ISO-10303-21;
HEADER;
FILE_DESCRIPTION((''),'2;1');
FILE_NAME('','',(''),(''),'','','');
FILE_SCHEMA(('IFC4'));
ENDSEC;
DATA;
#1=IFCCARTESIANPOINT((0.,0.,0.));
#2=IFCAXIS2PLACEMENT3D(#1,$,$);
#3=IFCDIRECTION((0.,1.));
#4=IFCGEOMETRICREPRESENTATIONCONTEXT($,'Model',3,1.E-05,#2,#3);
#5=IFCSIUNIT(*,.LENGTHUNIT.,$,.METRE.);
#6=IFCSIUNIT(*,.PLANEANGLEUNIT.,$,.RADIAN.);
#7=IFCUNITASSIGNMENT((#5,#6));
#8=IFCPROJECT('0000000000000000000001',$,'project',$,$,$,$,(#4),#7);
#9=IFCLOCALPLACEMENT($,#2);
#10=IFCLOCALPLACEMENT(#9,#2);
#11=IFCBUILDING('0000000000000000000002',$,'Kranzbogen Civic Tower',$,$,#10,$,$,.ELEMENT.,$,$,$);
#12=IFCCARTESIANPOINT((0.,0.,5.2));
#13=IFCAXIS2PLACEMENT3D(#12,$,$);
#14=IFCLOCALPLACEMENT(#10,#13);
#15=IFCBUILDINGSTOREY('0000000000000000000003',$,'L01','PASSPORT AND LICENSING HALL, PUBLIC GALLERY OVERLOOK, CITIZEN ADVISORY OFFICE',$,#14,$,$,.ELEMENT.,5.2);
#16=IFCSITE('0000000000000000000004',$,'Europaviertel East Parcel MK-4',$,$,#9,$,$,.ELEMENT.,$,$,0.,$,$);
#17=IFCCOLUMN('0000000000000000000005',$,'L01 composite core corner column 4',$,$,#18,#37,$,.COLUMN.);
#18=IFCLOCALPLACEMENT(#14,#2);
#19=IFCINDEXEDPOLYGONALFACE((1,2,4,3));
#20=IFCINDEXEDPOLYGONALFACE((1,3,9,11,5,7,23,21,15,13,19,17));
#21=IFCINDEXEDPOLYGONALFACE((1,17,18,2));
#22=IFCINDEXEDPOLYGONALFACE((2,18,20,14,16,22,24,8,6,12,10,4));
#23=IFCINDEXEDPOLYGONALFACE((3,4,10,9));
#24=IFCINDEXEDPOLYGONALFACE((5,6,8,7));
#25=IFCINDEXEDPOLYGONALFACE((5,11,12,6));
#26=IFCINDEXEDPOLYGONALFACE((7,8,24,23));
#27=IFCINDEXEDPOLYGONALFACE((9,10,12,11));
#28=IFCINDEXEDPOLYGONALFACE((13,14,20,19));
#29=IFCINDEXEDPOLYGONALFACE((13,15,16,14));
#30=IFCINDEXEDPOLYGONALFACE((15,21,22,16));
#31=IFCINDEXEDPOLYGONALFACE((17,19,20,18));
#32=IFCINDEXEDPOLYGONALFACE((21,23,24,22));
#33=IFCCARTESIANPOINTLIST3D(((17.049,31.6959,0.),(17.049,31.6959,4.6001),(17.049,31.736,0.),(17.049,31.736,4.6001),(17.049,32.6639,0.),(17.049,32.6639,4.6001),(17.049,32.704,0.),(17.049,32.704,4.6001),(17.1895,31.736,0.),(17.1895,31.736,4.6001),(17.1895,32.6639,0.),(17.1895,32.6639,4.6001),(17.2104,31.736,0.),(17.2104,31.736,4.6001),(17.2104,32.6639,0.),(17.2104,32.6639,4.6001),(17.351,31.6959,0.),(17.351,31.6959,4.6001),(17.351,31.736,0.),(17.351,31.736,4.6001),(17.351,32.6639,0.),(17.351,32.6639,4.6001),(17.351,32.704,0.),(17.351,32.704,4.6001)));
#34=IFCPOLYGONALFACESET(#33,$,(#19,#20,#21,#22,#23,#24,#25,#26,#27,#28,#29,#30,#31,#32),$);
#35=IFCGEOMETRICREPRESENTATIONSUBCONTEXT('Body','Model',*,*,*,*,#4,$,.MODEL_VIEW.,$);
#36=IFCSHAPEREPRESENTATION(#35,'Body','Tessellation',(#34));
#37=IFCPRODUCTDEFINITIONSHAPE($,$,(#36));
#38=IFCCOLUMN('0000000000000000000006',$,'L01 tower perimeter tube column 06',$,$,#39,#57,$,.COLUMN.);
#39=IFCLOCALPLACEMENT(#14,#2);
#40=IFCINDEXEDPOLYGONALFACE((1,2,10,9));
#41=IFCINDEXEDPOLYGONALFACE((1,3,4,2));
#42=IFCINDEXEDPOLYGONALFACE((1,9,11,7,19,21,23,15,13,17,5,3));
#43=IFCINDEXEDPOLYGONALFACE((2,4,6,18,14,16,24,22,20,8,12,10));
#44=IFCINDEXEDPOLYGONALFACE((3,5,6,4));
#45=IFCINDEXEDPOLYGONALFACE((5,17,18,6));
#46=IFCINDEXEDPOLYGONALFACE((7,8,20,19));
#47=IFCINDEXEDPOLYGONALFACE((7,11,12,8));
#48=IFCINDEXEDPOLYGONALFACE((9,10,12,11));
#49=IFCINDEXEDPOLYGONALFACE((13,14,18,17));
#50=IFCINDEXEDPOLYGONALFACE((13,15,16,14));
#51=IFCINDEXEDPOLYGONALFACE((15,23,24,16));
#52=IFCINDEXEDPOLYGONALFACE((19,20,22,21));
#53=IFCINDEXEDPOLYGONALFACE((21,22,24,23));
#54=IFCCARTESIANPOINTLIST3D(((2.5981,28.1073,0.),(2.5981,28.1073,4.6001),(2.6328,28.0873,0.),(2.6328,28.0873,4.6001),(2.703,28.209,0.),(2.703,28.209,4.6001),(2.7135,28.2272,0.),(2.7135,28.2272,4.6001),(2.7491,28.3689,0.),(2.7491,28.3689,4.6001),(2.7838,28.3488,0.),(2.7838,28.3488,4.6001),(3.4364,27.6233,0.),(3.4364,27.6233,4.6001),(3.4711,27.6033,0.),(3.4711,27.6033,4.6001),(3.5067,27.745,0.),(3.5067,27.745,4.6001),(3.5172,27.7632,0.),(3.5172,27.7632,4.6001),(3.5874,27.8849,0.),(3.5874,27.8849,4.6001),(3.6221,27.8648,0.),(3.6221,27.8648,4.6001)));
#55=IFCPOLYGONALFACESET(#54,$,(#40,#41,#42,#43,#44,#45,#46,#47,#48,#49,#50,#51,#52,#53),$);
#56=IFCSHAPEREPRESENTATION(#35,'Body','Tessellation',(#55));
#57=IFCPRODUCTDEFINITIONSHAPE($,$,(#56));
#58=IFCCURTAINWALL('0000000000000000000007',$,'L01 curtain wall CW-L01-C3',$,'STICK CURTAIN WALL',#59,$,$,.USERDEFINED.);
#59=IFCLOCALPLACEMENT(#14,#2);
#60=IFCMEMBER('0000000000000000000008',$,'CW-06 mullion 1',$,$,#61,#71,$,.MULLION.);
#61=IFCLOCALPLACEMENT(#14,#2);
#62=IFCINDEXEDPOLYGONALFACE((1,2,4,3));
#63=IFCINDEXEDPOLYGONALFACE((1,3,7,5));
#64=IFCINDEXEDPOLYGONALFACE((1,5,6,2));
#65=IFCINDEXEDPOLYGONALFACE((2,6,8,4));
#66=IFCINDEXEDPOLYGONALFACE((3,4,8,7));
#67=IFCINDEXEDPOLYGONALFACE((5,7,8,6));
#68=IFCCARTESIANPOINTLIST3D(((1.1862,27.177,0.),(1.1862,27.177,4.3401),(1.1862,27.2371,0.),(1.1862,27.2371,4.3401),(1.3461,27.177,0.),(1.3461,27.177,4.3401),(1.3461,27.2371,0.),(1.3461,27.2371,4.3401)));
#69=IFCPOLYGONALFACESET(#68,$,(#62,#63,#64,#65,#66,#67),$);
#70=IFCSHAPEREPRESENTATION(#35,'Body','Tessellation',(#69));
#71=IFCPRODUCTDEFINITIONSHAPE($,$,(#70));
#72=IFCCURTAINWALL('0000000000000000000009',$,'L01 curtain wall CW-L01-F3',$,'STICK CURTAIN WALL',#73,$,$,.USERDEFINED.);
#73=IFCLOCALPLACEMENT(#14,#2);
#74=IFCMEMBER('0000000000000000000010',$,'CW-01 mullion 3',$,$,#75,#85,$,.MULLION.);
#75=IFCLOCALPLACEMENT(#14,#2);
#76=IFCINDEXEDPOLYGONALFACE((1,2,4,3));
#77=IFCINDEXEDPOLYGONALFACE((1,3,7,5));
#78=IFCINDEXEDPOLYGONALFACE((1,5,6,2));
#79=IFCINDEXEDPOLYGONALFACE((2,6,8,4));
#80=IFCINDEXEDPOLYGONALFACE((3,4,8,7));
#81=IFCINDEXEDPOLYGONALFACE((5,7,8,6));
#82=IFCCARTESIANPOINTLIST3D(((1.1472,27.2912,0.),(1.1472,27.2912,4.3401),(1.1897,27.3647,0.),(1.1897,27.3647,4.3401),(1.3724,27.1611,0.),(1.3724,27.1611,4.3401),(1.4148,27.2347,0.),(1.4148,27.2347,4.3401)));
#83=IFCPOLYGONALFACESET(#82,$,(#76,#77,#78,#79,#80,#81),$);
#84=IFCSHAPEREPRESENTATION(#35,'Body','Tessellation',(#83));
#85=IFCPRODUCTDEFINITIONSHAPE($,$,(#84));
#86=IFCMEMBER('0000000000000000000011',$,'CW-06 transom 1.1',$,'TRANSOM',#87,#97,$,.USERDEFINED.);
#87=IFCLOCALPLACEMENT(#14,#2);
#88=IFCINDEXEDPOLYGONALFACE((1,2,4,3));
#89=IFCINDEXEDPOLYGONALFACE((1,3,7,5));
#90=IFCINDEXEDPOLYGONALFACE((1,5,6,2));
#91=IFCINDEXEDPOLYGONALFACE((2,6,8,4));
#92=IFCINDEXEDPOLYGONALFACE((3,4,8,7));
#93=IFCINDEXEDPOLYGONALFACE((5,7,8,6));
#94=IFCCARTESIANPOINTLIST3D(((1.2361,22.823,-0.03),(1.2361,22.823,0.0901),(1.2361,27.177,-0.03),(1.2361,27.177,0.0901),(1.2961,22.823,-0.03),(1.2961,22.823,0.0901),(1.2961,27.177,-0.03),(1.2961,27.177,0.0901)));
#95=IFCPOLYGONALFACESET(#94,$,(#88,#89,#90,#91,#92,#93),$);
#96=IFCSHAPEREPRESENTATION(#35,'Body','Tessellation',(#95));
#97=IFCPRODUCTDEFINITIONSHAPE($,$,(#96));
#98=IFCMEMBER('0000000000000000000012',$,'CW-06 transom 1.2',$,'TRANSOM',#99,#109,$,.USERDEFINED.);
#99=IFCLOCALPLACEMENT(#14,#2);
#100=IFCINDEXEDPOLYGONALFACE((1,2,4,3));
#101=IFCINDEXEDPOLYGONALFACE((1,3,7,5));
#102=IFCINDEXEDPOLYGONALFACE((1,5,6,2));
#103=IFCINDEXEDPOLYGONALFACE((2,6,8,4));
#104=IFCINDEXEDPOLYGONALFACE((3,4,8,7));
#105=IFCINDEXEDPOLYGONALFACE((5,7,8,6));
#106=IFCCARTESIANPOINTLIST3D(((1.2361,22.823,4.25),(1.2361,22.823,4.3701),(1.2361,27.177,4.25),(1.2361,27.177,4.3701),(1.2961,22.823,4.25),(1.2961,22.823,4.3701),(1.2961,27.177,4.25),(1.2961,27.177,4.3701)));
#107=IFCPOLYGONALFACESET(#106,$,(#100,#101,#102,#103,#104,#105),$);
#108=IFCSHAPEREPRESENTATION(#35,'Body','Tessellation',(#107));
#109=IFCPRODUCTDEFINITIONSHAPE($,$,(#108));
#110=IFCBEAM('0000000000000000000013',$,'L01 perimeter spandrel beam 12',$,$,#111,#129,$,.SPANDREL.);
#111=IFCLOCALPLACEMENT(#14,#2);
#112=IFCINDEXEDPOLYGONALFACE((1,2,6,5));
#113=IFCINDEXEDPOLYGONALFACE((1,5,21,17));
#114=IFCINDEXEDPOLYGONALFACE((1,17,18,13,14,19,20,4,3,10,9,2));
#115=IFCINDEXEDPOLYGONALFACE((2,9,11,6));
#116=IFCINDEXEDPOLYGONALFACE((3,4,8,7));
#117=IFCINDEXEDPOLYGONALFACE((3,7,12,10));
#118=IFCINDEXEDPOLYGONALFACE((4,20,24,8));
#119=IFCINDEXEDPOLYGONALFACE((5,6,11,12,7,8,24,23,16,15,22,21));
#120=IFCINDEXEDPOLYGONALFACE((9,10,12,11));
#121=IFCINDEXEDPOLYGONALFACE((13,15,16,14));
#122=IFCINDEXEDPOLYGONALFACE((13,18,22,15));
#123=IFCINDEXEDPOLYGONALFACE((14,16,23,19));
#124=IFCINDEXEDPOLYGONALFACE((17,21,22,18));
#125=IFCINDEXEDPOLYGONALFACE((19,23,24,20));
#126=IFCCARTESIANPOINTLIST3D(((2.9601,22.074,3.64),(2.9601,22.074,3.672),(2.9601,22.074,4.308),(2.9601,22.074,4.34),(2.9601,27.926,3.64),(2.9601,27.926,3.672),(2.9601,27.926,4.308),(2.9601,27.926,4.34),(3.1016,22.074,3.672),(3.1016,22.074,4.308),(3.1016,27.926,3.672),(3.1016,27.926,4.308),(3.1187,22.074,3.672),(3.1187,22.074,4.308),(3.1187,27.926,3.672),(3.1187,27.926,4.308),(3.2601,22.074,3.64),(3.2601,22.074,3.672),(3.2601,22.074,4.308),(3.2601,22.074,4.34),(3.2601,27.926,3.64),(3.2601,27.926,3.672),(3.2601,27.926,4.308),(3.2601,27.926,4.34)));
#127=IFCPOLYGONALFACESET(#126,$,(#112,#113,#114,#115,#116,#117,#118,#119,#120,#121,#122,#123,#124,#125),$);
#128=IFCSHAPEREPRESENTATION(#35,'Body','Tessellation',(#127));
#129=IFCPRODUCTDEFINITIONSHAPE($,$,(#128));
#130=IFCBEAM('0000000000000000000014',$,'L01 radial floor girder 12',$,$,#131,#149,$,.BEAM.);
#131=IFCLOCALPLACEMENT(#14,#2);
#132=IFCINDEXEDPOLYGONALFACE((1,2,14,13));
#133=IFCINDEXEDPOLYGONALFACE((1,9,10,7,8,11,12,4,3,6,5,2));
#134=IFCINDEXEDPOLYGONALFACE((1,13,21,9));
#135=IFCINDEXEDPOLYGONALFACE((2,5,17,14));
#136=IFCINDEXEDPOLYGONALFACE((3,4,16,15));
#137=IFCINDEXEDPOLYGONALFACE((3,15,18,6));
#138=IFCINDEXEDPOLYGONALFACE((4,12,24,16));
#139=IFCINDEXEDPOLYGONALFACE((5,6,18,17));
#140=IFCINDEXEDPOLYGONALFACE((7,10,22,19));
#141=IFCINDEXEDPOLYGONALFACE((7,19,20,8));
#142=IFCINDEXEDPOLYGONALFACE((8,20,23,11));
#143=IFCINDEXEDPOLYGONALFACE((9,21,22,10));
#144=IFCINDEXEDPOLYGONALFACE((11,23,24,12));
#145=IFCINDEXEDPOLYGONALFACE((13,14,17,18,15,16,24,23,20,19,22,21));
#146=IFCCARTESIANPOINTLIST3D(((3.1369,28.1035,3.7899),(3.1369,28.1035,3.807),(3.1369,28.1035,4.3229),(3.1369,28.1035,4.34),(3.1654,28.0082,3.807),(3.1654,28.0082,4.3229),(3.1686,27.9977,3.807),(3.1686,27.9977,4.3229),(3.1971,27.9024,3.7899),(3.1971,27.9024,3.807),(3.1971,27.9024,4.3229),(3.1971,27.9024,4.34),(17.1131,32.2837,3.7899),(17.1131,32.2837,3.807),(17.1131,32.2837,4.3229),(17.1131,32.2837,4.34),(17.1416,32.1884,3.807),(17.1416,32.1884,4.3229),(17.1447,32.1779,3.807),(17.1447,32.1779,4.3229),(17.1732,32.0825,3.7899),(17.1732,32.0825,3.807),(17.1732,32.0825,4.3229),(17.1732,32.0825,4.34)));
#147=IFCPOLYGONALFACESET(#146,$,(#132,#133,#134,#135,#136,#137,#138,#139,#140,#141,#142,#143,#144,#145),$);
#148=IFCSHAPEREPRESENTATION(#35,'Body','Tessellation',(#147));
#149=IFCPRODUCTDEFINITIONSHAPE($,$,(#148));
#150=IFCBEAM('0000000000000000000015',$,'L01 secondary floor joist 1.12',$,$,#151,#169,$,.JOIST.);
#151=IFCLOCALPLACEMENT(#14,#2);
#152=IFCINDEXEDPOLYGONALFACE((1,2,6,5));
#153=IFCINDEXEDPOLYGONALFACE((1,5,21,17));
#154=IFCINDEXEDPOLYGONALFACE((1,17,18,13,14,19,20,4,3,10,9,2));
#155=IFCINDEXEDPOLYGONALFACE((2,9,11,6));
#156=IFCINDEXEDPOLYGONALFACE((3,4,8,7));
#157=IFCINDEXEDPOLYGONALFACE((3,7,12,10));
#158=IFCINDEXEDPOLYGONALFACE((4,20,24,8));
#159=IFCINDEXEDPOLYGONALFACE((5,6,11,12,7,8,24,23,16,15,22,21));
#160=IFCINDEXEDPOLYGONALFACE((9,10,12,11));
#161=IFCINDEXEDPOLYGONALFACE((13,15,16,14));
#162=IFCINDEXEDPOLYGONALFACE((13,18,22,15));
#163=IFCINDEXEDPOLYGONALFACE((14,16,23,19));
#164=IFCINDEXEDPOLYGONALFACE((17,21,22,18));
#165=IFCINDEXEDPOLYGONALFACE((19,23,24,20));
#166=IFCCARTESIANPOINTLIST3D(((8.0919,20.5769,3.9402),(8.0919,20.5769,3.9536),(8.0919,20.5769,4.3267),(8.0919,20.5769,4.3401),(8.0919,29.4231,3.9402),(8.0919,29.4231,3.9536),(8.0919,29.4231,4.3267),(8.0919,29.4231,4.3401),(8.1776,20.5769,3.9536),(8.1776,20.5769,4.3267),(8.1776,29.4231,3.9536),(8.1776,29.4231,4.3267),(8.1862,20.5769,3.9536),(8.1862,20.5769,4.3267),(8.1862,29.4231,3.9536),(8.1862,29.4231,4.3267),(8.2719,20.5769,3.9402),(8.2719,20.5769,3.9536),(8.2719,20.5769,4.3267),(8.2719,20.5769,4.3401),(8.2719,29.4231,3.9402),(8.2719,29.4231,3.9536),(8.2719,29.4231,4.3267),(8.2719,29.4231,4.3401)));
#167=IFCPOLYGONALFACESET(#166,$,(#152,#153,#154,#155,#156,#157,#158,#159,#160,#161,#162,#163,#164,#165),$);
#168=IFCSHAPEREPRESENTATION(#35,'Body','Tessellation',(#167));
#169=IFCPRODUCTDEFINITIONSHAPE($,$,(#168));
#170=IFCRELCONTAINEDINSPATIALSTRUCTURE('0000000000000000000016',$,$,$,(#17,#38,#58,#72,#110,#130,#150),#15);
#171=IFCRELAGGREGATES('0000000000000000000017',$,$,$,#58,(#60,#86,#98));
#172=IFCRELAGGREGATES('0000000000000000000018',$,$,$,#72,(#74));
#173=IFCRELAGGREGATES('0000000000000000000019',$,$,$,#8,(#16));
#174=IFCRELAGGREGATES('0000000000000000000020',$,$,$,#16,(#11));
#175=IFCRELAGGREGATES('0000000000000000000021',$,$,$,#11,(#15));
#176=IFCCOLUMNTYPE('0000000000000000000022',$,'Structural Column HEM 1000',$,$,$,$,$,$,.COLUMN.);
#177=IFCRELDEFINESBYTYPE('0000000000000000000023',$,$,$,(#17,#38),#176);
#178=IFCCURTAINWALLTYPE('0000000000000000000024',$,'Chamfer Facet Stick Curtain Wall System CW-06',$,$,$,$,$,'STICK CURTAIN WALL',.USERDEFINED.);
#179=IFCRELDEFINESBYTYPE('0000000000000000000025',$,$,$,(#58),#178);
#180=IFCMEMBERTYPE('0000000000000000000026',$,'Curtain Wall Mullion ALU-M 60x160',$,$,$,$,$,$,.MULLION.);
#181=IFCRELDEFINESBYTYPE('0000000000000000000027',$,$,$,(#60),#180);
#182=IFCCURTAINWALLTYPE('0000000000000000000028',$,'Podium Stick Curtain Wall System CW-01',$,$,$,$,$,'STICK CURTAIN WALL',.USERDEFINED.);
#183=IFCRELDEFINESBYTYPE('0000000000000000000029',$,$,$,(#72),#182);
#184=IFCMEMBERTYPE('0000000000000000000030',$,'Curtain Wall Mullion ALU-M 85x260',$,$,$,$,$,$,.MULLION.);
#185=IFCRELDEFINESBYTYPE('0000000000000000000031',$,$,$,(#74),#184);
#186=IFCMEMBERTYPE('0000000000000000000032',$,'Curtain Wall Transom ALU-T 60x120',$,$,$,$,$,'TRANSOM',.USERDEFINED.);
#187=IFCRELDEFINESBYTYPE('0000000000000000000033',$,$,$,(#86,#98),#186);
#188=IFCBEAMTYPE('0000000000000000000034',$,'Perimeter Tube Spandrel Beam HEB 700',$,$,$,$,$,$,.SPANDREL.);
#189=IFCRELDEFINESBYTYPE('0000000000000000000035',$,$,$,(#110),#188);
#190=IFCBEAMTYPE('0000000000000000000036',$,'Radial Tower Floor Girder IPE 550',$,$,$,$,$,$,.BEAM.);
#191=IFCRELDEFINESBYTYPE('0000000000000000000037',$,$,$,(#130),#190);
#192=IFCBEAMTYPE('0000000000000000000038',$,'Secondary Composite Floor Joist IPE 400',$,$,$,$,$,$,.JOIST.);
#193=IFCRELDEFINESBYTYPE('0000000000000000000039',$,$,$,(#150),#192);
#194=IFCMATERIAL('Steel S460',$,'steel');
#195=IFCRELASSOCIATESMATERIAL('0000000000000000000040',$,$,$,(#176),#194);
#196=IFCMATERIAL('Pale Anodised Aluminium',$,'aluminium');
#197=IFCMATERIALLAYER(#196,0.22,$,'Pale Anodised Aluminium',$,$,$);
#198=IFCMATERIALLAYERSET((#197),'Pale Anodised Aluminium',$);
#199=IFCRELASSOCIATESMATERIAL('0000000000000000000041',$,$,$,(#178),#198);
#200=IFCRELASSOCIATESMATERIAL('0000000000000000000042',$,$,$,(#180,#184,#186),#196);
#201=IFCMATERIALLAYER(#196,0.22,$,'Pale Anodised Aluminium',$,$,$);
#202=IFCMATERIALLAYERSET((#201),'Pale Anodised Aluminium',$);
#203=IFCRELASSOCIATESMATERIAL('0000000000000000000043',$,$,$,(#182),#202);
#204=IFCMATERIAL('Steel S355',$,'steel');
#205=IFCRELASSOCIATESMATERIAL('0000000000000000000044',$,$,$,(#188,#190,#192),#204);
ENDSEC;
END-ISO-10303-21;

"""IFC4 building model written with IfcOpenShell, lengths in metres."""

from ifc_helpers import new_model, si_unit, direction, frame, origin, origin_2d, place, context, subcontext, project, spatial, rectangle, i_section, extrude, material, layer, layer_set, material_profile, profile_set, type_object, element, aggregate, save


model = new_model("IFC4")

# Units and contexts
model_context = context("Model", 3, precision=1e-05, world=origin(), true_north=direction((0.0, 1.0)))
body_context = subcontext(model_context, "Body", "Model", "MODEL_VIEW")
ifc_project = project(units=[si_unit("LENGTHUNIT", "METRE"), si_unit("PLANEANGLEUNIT", "RADIAN")], contexts=[model_context])

# Site, building, storey
site_placement = place(None, origin())
site = spatial("IfcSite", under=ifc_project, at=site_placement, Name="Europaviertel East Parcel MK-4", CompositionType="ELEMENT", RefElevation=0.0)
building_placement = place(site_placement, origin())
building = spatial("IfcBuilding", under=site, at=building_placement, Name="Kranzbogen Civic Tower", CompositionType="ELEMENT")
storey_placement = place(building_placement, frame((0.0, 0.0, 5.2)))
storey = spatial("IfcBuildingStorey", under=building, at=storey_placement, Name="L01", Description="PASSPORT AND LICENSING HALL, PUBLIC GALLERY OVERLOOK, CITIZEN ADVISORY OFFICE", CompositionType="ELEMENT", Elevation=5.2)

# Columns
ifc_material_1 = material(Name="Steel S460", Category="steel")
ifc_material_profile_1 = material_profile(ifc_material_1, i_section(OverallWidth=0.302, OverallDepth=1.0081, WebThickness=0.021, FlangeThickness=0.04, at=origin_2d()), Name="HEM 1000")
ifc_profile_set_1 = profile_set([ifc_material_profile_1], Name="Steel S460")
column_type = type_object("IfcColumnType", Name="Structural Column HEM 1000", PredefinedType="COLUMN", material=ifc_profile_set_1)
for number, where, z_axis, x_axis, name in (
    (1, (17.2, 32.2, 0.0), (0.0, 0.0, 1.0), (1.0, 0.0, 0.0), "L01 composite core corner column 4"),
    (2, (3.1101, 27.9861, 0.0), (0.0, 0.0, 1.0), (0.5, 0.866025, 0.0), "L01 tower perimeter tube column 06"),
):
    element("IfcColumn", number, at=place(storey_placement, frame(where, z_axis=z_axis, x_axis=x_axis)), inside=storey, type_object=column_type, Name=name, PredefinedType="COLUMN", context=body_context, shape_type="SweptSolid", body=[
        extrude(i_section(OverallWidth=0.302, OverallDepth=1.0081, WebThickness=0.021, FlangeThickness=0.04, at=origin_2d()), origin(), (0.0, 0.0, 1.0), 4.6001),
    ])

# Curtain walls, members
ifc_material_2 = material(Name="Pale Anodised Aluminium", Category="aluminium")
ifc_layer_1 = layer(ifc_material_2, 0.22, Name="Pale Anodised Aluminium")
ifc_layer_set_1 = layer_set([ifc_layer_1], Name="Pale Anodised Aluminium")
curtain_wall_type_1 = type_object("IfcCurtainWallType", Name="Chamfer Facet Stick Curtain Wall System CW-06", ElementType="STICK CURTAIN WALL", PredefinedType="USERDEFINED", material=ifc_layer_set_1)
curtain_wall_1_placement = place(storey_placement, origin())
curtain_wall_1 = element("IfcCurtainWall", 3, at=curtain_wall_1_placement, inside=storey, type_object=curtain_wall_type_1, Name="L01 curtain wall CW-L01-C3", ObjectType="STICK CURTAIN WALL", PredefinedType="USERDEFINED")
ifc_material_profile_2 = material_profile(ifc_material_2, rectangle(XDim=0.0601, YDim=0.1599, at=origin_2d()), Name="ALU-M 60x160")
ifc_profile_set_2 = profile_set([ifc_material_profile_2], Name="Pale Anodised Aluminium")
member_type_1 = type_object("IfcMemberType", Name="Curtain Wall Mullion ALU-M 60x160", PredefinedType="MULLION", material=ifc_profile_set_2)
member_1_placement = place(storey_placement, frame((1.2661, 27.207, 0.0), z_axis=(0.0, 0.0, 1.0), x_axis=(0.0, -1.0, 0.0)))
member_1 = element("IfcMember", 4, at=member_1_placement, type_object=member_type_1, Name="CW-06 mullion 1", PredefinedType="MULLION", context=body_context, shape_type="SweptSolid", body=[
    extrude(rectangle(XDim=0.0601, YDim=0.1599, at=origin_2d()), origin(), (0.0, 0.0, 1.0), 4.3401),
])
ifc_layer_2 = layer(ifc_material_2, 0.22, Name="Pale Anodised Aluminium")
ifc_layer_set_2 = layer_set([ifc_layer_2], Name="Pale Anodised Aluminium")
curtain_wall_type_2 = type_object("IfcCurtainWallType", Name="Podium Stick Curtain Wall System CW-01", ElementType="STICK CURTAIN WALL", PredefinedType="USERDEFINED", material=ifc_layer_set_2)
curtain_wall_2_placement = place(storey_placement, origin())
curtain_wall_2 = element("IfcCurtainWall", 5, at=curtain_wall_2_placement, inside=storey, type_object=curtain_wall_type_2, Name="L01 curtain wall CW-L01-F3", ObjectType="STICK CURTAIN WALL", PredefinedType="USERDEFINED")
ifc_material_profile_3 = material_profile(ifc_material_2, rectangle(XDim=0.085, YDim=0.26, at=origin_2d()), Name="ALU-M 85x260")
ifc_profile_set_3 = profile_set([ifc_material_profile_3], Name="Pale Anodised Aluminium")
member_type_2 = type_object("IfcMemberType", Name="Curtain Wall Mullion ALU-M 85x260", PredefinedType="MULLION", material=ifc_profile_set_3)
member_2_placement = place(storey_placement, frame((1.281, 27.2629, 0.0), z_axis=(0.0, 0.0, 1.0), x_axis=(-0.500006, -0.866022, 0.0)))
member_2 = element("IfcMember", 6, at=member_2_placement, type_object=member_type_2, Name="CW-01 mullion 3", PredefinedType="MULLION", context=body_context, shape_type="SweptSolid", body=[
    extrude(rectangle(XDim=0.085, YDim=0.26, at=origin_2d()), origin(), (0.0, 0.0, 1.0), 4.3401),
])

# Members
ifc_material_profile_4 = material_profile(ifc_material_2, rectangle(XDim=0.0601, YDim=0.1201, at=origin_2d()), Name="ALU-T 60x120")
ifc_profile_set_4 = profile_set([ifc_material_profile_4], Name="Pale Anodised Aluminium")
member_type_3 = type_object("IfcMemberType", Name="Curtain Wall Transom ALU-T 60x120", ElementType="TRANSOM", PredefinedType="USERDEFINED", material=ifc_profile_set_4)
member_3_placement = place(storey_placement, frame((1.2661, 27.177, 0.03), z_axis=(0.0, -1.0, 0.0), x_axis=(1.0, 0.0, 0.0)))
member_3 = element("IfcMember", 7, at=member_3_placement, type_object=member_type_3, Name="CW-06 transom 1.1", ObjectType="TRANSOM", PredefinedType="USERDEFINED", context=body_context, shape_type="SweptSolid", body=[
    extrude(rectangle(XDim=0.0601, YDim=0.1201, at=origin_2d()), origin(), (0.0, 0.0, 1.0), 4.354),
])
member_4_placement = place(storey_placement, frame((1.2661, 27.177, 4.3101), z_axis=(0.0, -1.0, 0.0), x_axis=(1.0, 0.0, 0.0)))
member_4 = element("IfcMember", 8, at=member_4_placement, type_object=member_type_3, Name="CW-06 transom 1.2", ObjectType="TRANSOM", PredefinedType="USERDEFINED", context=body_context, shape_type="SweptSolid", body=[
    extrude(rectangle(XDim=0.0601, YDim=0.1201, at=origin_2d()), origin(), (0.0, 0.0, 1.0), 4.354),
])

# Beams
ifc_material_3 = material(Name="Steel S355", Category="steel")
ifc_material_profile_5 = material_profile(ifc_material_3, i_section(OverallWidth=0.3, OverallDepth=0.7, WebThickness=0.0171, FlangeThickness=0.032, at=origin_2d()), Name="HEB 700")
ifc_profile_set_5 = profile_set([ifc_material_profile_5], Name="Steel S355")
beam_type_1 = type_object("IfcBeamType", Name="Perimeter Tube Spandrel Beam HEB 700", PredefinedType="SPANDREL", material=ifc_profile_set_5)
beam_1_placement = place(storey_placement, frame((3.1101, 27.926, 3.99), z_axis=(0.0, -1.0, 0.0), x_axis=(1.0, 0.0, 0.0)))
element("IfcBeam", 9, at=beam_1_placement, inside=storey, type_object=beam_type_1, Name="L01 perimeter spandrel beam 12", PredefinedType="SPANDREL", context=body_context, shape_type="SweptSolid", body=[
    extrude(i_section(OverallWidth=0.3, OverallDepth=0.7, WebThickness=0.0171, FlangeThickness=0.032, at=origin_2d()), origin(), (0.0, 0.0, 1.0), 5.8521),
])
ifc_material_profile_6 = material_profile(ifc_material_3, i_section(OverallWidth=0.21, OverallDepth=0.55, WebThickness=0.011, FlangeThickness=0.0171, at=origin_2d()), Name="IPE 550")
ifc_profile_set_6 = profile_set([ifc_material_profile_6], Name="Steel S355")
beam_type_2 = type_object("IfcBeamType", Name="Radial Tower Floor Girder IPE 550", PredefinedType="BEAM", material=ifc_profile_set_6)
beam_2_placement = place(storey_placement, frame((3.167, 28.0029, 4.0649), z_axis=(0.958065, 0.286552, 0.0), x_axis=(-0.286552, 0.958065, 0.0)))
element("IfcBeam", 10, at=beam_2_placement, inside=storey, type_object=beam_type_2, Name="L01 radial floor girder 12", PredefinedType="BEAM", context=body_context, shape_type="SweptSolid", body=[
    extrude(i_section(OverallWidth=0.21, OverallDepth=0.55, WebThickness=0.011, FlangeThickness=0.0171, at=origin_2d()), origin(), (0.0, 0.0, 1.0), 14.5879),
])
ifc_material_profile_7 = material_profile(ifc_material_3, i_section(OverallWidth=0.1799, OverallDepth=0.3999, WebThickness=0.0085, FlangeThickness=0.0134, at=origin_2d()), Name="IPE 400")
ifc_profile_set_7 = profile_set([ifc_material_profile_7], Name="Steel S355")
beam_type_3 = type_object("IfcBeamType", Name="Secondary Composite Floor Joist IPE 400", PredefinedType="JOIST", material=ifc_profile_set_7)
beam_3_placement = place(storey_placement, frame((8.1819, 29.4231, 4.1401), z_axis=(0.0, -1.0, 0.0), x_axis=(1.0, 0.0, 0.0)))
element("IfcBeam", 11, at=beam_3_placement, inside=storey, type_object=beam_type_3, Name="L01 secondary floor joist 1.12", PredefinedType="JOIST", context=body_context, shape_type="SweptSolid", body=[
    extrude(i_section(OverallWidth=0.1799, OverallDepth=0.3999, WebThickness=0.0085, FlangeThickness=0.0134, at=origin_2d()), origin(), (0.0, 0.0, 1.0), 8.8462),
])

aggregate(curtain_wall_1, [member_1, member_3, member_4])
aggregate(curtain_wall_2, [member_2])

save(model, "model.ifc")
